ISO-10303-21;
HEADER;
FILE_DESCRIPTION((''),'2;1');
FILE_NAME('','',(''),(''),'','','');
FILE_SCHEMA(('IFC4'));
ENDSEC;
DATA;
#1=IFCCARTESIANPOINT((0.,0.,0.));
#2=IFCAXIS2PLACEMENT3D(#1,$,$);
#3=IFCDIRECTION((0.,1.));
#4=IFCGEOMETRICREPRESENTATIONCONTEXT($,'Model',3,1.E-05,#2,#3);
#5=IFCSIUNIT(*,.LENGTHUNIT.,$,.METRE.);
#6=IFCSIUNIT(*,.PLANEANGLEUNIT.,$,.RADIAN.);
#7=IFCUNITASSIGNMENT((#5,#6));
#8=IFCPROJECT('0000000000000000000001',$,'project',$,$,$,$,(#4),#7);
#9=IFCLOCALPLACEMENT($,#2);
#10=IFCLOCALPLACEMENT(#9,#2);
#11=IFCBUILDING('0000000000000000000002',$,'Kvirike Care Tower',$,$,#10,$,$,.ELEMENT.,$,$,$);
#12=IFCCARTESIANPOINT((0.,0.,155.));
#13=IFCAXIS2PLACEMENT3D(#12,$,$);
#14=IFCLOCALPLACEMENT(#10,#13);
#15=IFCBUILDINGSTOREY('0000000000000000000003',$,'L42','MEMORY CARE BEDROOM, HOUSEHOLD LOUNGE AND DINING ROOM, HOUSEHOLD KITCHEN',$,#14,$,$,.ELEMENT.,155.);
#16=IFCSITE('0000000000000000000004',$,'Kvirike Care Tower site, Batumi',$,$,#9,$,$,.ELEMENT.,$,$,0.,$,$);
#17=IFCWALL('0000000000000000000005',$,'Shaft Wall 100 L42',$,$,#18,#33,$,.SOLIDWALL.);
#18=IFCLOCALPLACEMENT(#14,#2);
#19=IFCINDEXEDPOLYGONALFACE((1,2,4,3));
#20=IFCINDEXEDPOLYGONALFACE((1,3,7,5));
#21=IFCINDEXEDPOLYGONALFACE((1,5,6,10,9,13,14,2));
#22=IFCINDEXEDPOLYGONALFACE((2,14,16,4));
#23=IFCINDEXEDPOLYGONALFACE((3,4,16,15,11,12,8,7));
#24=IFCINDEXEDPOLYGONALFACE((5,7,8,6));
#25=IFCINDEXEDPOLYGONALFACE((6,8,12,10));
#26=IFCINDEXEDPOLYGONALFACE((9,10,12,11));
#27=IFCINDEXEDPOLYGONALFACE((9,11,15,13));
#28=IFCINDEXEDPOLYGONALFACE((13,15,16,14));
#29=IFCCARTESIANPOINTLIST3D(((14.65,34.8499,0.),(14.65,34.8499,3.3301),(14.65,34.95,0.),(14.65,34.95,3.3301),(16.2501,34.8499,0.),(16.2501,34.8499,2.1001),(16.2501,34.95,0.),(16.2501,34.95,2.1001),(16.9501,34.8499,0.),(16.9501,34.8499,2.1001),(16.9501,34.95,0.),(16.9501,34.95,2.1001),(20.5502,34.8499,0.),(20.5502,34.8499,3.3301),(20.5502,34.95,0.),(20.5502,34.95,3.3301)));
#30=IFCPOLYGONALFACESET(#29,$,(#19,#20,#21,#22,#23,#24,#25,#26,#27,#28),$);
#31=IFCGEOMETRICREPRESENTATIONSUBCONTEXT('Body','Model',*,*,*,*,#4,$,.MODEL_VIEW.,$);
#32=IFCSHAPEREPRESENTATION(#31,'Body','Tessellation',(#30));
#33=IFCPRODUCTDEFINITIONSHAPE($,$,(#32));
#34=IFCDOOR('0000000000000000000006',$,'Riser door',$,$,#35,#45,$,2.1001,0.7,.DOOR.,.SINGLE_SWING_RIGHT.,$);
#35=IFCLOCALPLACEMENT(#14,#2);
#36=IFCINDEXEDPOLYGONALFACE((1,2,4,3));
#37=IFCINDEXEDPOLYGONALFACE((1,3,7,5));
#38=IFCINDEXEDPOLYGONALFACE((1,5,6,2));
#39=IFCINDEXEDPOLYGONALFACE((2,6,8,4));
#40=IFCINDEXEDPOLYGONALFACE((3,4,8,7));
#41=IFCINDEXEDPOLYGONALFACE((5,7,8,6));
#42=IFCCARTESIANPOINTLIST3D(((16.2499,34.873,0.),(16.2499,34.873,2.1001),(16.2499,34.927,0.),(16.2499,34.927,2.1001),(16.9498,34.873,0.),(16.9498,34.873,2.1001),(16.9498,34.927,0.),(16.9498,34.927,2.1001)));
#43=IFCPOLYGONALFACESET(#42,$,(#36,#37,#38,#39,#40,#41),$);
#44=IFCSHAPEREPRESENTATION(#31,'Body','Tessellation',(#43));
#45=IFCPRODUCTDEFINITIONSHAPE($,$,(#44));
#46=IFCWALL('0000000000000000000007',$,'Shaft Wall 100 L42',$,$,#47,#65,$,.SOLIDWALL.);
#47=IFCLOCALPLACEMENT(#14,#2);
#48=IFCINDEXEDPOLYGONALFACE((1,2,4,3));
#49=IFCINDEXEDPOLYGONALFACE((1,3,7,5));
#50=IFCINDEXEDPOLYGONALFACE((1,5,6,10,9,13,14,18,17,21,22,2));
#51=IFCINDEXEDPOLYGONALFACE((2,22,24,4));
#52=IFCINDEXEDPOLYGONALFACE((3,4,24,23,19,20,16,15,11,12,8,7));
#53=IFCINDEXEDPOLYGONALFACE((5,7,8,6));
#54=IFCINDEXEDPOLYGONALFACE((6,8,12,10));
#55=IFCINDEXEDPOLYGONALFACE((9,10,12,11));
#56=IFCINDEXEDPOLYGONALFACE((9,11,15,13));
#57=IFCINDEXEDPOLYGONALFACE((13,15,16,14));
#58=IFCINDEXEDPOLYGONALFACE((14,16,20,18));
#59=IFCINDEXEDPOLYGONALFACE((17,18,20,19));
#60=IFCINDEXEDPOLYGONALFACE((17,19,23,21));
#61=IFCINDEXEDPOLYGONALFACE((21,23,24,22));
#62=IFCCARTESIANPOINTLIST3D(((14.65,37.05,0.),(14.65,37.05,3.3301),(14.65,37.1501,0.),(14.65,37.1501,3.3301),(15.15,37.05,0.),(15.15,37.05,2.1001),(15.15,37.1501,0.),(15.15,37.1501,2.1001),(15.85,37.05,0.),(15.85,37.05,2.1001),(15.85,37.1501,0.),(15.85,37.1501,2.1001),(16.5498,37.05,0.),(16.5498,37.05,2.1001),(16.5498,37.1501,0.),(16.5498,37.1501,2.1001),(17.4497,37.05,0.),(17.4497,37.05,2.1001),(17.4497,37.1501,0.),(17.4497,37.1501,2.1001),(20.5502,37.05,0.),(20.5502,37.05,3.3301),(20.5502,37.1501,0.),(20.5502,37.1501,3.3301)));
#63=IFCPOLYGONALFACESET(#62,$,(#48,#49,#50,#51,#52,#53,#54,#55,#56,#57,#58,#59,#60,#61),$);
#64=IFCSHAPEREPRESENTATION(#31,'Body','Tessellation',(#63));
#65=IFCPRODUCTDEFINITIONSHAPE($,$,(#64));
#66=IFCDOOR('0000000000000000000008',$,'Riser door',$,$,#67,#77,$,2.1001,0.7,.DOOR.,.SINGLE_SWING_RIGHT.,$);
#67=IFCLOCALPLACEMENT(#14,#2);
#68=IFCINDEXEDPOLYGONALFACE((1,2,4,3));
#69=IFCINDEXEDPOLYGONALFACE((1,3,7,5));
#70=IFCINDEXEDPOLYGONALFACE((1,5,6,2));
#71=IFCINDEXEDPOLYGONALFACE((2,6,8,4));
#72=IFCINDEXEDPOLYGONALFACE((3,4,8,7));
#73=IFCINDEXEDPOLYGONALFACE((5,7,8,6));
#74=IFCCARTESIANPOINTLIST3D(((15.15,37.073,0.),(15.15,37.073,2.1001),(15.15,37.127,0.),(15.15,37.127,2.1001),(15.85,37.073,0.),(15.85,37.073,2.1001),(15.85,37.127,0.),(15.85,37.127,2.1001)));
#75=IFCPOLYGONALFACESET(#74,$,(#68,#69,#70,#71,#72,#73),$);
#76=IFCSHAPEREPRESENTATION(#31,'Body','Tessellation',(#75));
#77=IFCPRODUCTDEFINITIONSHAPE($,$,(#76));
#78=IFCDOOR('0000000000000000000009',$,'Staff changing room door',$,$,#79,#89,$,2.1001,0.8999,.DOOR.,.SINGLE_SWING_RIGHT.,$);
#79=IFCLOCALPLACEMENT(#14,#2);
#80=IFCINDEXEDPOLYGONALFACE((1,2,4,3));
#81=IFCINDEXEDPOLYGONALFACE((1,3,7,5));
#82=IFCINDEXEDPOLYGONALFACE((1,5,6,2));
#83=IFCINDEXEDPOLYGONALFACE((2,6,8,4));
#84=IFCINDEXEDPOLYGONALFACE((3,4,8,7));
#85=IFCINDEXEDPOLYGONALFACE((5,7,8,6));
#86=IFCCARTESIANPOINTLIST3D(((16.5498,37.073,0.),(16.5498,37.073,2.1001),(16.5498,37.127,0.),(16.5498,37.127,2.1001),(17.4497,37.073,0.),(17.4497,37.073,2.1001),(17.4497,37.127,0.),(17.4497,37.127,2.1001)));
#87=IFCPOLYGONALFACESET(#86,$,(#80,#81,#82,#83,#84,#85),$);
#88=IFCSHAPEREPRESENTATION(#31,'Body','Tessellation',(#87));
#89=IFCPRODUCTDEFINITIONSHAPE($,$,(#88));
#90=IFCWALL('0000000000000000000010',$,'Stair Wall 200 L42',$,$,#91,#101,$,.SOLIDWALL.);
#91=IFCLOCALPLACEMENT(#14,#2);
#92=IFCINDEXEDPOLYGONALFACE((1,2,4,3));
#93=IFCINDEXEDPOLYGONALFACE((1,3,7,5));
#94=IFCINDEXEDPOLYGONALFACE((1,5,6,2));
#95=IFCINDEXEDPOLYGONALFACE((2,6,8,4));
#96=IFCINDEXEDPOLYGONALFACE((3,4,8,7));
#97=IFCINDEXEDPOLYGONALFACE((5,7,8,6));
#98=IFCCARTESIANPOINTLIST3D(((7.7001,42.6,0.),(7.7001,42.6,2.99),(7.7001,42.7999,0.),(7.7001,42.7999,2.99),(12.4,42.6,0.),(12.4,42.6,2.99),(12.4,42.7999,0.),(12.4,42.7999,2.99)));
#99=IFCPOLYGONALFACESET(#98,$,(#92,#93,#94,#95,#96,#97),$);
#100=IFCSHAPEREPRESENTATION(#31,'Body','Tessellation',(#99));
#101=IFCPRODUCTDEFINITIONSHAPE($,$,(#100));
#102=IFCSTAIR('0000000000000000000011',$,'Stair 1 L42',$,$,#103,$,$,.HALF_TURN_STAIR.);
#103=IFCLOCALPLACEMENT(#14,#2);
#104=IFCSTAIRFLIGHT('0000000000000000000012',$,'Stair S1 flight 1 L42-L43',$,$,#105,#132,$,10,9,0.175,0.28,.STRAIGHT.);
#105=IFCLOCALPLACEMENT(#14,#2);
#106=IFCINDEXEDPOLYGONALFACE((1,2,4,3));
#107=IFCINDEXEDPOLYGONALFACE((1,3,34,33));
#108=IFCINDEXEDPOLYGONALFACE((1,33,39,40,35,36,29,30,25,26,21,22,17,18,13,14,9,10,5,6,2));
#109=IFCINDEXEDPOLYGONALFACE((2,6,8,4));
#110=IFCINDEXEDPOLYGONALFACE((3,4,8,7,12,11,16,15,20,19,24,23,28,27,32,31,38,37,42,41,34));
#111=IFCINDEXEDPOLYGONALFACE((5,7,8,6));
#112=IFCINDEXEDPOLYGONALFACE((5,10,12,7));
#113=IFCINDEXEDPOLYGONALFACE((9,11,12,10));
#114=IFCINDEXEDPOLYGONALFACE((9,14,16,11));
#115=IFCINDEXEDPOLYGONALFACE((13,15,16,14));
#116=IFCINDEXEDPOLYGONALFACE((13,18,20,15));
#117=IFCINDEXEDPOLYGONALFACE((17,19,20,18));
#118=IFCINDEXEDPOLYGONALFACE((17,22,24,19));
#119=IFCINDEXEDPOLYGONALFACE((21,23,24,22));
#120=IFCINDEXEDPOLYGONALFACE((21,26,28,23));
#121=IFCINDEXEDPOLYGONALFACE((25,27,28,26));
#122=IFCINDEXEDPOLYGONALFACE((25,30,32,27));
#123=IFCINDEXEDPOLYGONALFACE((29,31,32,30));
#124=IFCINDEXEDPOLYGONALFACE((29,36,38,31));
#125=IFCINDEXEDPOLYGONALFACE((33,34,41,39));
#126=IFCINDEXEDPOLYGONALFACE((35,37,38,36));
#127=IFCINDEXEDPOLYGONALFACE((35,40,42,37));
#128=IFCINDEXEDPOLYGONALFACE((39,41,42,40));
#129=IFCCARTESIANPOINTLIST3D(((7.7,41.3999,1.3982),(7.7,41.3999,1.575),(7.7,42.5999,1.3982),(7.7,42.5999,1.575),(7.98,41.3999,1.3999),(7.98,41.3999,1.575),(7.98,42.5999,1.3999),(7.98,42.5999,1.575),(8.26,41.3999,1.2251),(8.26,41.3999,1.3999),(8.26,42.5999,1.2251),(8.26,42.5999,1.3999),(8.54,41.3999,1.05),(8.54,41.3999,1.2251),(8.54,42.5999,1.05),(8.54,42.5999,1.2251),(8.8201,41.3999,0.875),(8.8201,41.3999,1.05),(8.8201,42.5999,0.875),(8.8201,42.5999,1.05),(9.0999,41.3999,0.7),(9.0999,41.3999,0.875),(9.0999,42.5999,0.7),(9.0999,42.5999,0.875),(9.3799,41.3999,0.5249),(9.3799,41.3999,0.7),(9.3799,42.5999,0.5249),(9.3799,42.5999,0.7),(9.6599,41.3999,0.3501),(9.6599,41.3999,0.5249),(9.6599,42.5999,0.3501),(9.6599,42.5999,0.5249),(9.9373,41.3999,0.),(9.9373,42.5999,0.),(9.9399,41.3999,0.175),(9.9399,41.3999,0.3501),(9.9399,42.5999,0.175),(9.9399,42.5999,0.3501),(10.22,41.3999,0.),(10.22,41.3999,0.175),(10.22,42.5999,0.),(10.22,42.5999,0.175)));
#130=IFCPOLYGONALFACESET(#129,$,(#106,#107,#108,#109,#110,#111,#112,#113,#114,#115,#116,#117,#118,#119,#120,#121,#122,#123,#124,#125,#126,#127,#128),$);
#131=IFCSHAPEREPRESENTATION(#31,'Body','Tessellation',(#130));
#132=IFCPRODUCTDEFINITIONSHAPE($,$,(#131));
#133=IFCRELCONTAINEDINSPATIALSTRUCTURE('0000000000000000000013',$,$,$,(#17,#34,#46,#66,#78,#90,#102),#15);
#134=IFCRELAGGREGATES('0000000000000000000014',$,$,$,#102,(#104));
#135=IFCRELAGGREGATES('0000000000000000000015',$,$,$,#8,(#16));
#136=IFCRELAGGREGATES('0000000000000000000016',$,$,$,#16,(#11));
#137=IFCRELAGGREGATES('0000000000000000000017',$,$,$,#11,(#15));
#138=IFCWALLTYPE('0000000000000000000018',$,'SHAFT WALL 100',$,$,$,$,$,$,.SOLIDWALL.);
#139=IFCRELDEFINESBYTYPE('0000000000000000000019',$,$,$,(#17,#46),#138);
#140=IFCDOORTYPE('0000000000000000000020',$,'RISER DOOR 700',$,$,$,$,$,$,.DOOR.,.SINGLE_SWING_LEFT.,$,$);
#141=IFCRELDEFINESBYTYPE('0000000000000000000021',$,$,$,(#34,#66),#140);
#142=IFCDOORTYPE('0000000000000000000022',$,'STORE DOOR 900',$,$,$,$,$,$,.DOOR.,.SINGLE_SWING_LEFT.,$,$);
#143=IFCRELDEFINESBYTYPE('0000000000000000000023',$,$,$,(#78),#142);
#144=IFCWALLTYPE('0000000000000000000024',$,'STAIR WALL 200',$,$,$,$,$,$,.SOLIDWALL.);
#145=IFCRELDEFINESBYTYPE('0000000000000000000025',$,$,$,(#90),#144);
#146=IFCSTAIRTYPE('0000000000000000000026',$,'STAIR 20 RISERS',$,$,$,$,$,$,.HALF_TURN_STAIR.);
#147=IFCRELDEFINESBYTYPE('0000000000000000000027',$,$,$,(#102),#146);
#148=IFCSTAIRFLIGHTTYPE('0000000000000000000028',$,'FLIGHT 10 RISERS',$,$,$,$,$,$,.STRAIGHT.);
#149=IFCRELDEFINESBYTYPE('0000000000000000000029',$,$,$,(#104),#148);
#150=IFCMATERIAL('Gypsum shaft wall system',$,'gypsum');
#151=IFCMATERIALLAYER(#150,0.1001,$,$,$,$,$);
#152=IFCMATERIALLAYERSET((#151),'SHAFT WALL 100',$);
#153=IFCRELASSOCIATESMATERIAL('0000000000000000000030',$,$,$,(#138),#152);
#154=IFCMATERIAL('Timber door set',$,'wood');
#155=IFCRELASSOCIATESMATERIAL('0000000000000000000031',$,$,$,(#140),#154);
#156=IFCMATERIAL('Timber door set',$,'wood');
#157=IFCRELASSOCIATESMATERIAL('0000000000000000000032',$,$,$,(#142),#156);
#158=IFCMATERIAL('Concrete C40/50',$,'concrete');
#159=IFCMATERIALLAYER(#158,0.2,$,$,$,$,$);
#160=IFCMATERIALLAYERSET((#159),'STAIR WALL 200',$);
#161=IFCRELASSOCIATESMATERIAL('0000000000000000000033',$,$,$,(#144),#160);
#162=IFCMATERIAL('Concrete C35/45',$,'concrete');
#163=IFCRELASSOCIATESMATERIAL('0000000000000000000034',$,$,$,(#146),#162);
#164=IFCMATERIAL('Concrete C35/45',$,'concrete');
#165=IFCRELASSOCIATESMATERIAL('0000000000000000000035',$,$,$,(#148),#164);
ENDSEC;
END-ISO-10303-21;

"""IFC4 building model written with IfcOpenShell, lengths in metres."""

from ifc_helpers import new_model, si_unit, direction, frame, frame_2d, origin, place, context, subcontext, project, spatial, polyline, rectangle, outline, extrude, material, layer, layer_set, type_object, element, fill, aggregate, save


model = new_model("IFC4")

# Units and contexts
model_context = context("Model", 3, precision=1e-05, world=origin(), true_north=direction((0.0, 1.0)))
body_context = subcontext(model_context, "Body", "Model", "MODEL_VIEW")
ifc_project = project(units=[si_unit("LENGTHUNIT", "METRE"), si_unit("PLANEANGLEUNIT", "RADIAN")], contexts=[model_context])

# Site, building, storey
site_placement = place(None, origin())
site = spatial("IfcSite", under=ifc_project, at=site_placement, Name="Kvirike Care Tower site, Batumi", CompositionType="ELEMENT", RefElevation=0.0)
building_placement = place(site_placement, origin())
building = spatial("IfcBuilding", under=site, at=building_placement, Name="Kvirike Care Tower", CompositionType="ELEMENT")
storey_placement = place(building_placement, frame((0.0, 0.0, 155.0)))
storey = spatial("IfcBuildingStorey", under=building, at=storey_placement, Name="L42", Description="MEMORY CARE BEDROOM, HOUSEHOLD LOUNGE AND DINING ROOM, HOUSEHOLD KITCHEN", CompositionType="ELEMENT", Elevation=155.0)

# Shared definitions
ifc_material_1 = material(Name="Gypsum shaft wall system", Category="gypsum")
ifc_layer_1 = layer(ifc_material_1, 0.1001)
ifc_layer_set_1 = layer_set([ifc_layer_1], Name="SHAFT WALL 100")
wall_type_1 = type_object("IfcWallType", Name="SHAFT WALL 100", PredefinedType="SOLIDWALL", material=ifc_layer_set_1)

# Wall, opening, door
wall_1_placement = place(storey_placement, frame((14.6499, 34.8999, 0.0), z_axis=(0.0, 0.0, 1.0), x_axis=(1.0, 0.0, 0.0)))
wall_1 = element("IfcWall", 1, at=wall_1_placement, inside=storey, type_object=wall_type_1, Name="Shaft Wall 100 L42", PredefinedType="SOLIDWALL", context=body_context, shape_type="SweptSolid", body=[
    extrude(rectangle(XDim=5.9001, YDim=0.1001, at=frame_2d((2.9502, 0.0))), origin(), (0.0, 0.0, 1.0), 3.3301),
])
opening_1_placement = place(wall_1_placement, frame((1.6001, 0.0, 0.0)))
opening_1 = element("IfcOpeningElement", 2, at=opening_1_placement, cuts=wall_1, PredefinedType="OPENING", context=body_context, shape_type="SweptSolid", body=[
    extrude(rectangle(XDim=0.7, YDim=2.1001, at=frame_2d((0.3501, 1.05))), frame((0.0, 0.0605, 0.0), z_axis=(0.0, -1.0, 0.0), x_axis=(1.0, 0.0, 0.0)), (0.0, 0.0, 1.0), 0.1211),
])
ifc_material_2 = material(Name="Timber door set", Category="wood")
door_type_1 = type_object("IfcDoorType", Name="RISER DOOR 700", OperationType="SINGLE_SWING_LEFT", PredefinedType="DOOR", material=ifc_material_2)
door_1_placement = place(opening_1_placement, frame((0.7, 0.0, 0.0), z_axis=(0.0, 0.0, 1.0), x_axis=(-1.0, 0.0, 0.0)))
door_1 = element("IfcDoor", 3, at=door_1_placement, inside=storey, type_object=door_type_1, Name="Riser door", OperationType="SINGLE_SWING_RIGHT", OverallHeight=2.1001, OverallWidth=0.7, PredefinedType="DOOR", context=body_context, shape_type="SweptSolid", body=[
    extrude(rectangle(XDim=0.7, YDim=2.1001, at=frame_2d((0.3501, 1.05))), frame((0.0, 0.0269, 0.0), z_axis=(0.0, -1.0, 0.0), x_axis=(1.0, 0.0, 0.0)), (0.0, 0.0, 1.0), 0.054),
])
fill(opening_1, door_1)

# Wall, openings, doors
wall_2_placement = place(storey_placement, frame((14.6499, 37.1001, 0.0), z_axis=(0.0, 0.0, 1.0), x_axis=(1.0, 0.0, 0.0)))
wall_2 = element("IfcWall", 4, at=wall_2_placement, inside=storey, type_object=wall_type_1, Name="Shaft Wall 100 L42", PredefinedType="SOLIDWALL", context=body_context, shape_type="SweptSolid", body=[
    extrude(rectangle(XDim=5.9001, YDim=0.1001, at=frame_2d((2.9502, 0.0))), origin(), (0.0, 0.0, 1.0), 3.3301),
])
opening_2_placement = place(wall_2_placement, frame((0.5, 0.0, 0.0)))
opening_2 = element("IfcOpeningElement", 5, at=opening_2_placement, cuts=wall_2, PredefinedType="OPENING", context=body_context, shape_type="SweptSolid", body=[
    extrude(rectangle(XDim=0.7, YDim=2.1001, at=frame_2d((0.3501, 1.05))), frame((0.0, 0.0605, 0.0), z_axis=(0.0, -1.0, 0.0), x_axis=(1.0, 0.0, 0.0)), (0.0, 0.0, 1.0), 0.1211),
])
opening_3_placement = place(wall_2_placement, frame((1.8999, 0.0, 0.0)))
opening_3 = element("IfcOpeningElement", 6, at=opening_3_placement, cuts=wall_2, PredefinedType="OPENING", context=body_context, shape_type="SweptSolid", body=[
    extrude(rectangle(XDim=0.8999, YDim=2.1001, at=frame_2d((0.45, 1.05))), frame((0.0, 0.0605, 0.0), z_axis=(0.0, -1.0, 0.0), x_axis=(1.0, 0.0, 0.0)), (0.0, 0.0, 1.0), 0.1211),
])
door_2_placement = place(opening_2_placement, origin())
door_2 = element("IfcDoor", 7, at=door_2_placement, inside=storey, type_object=door_type_1, Name="Riser door", OperationType="SINGLE_SWING_RIGHT", OverallHeight=2.1001, OverallWidth=0.7, PredefinedType="DOOR", context=body_context, shape_type="SweptSolid", body=[
    extrude(rectangle(XDim=0.7, YDim=2.1001, at=frame_2d((0.3501, 1.05))), frame((0.0, 0.0269, 0.0), z_axis=(0.0, -1.0, 0.0), x_axis=(1.0, 0.0, 0.0)), (0.0, 0.0, 1.0), 0.054),
])
fill(opening_2, door_2)
ifc_material_3 = material(Name="Timber door set", Category="wood")
door_type_2 = type_object("IfcDoorType", Name="STORE DOOR 900", OperationType="SINGLE_SWING_LEFT", PredefinedType="DOOR", material=ifc_material_3)
door_3_placement = place(opening_3_placement, origin())
door_3 = element("IfcDoor", 8, at=door_3_placement, inside=storey, type_object=door_type_2, Name="Staff changing room door", OperationType="SINGLE_SWING_RIGHT", OverallHeight=2.1001, OverallWidth=0.8999, PredefinedType="DOOR", context=body_context, shape_type="SweptSolid", body=[
    extrude(rectangle(XDim=0.8999, YDim=2.1001, at=frame_2d((0.45, 1.05))), frame((0.0, 0.0269, 0.0), z_axis=(0.0, -1.0, 0.0), x_axis=(1.0, 0.0, 0.0)), (0.0, 0.0, 1.0), 0.054),
])
fill(opening_3, door_3)

# Wall
ifc_material_4 = material(Name="Concrete C40/50", Category="concrete")
ifc_layer_2 = layer(ifc_material_4, 0.2)
ifc_layer_set_2 = layer_set([ifc_layer_2], Name="STAIR WALL 200")
wall_type_2 = type_object("IfcWallType", Name="STAIR WALL 200", PredefinedType="SOLIDWALL", material=ifc_layer_set_2)
wall_3_placement = place(storey_placement, frame((7.7, 42.7, 0.0), z_axis=(0.0, 0.0, 1.0), x_axis=(1.0, 0.0, 0.0)))
element("IfcWall", 9, at=wall_3_placement, inside=storey, type_object=wall_type_2, Name="Stair Wall 200 L42", PredefinedType="SOLIDWALL", context=body_context, shape_type="SweptSolid", body=[
    extrude(rectangle(XDim=4.7, YDim=0.2, at=frame_2d((2.3501, 0.0))), origin(), (0.0, 0.0, 1.0), 2.99),
])

# Stair, stair flight
ifc_material_5 = material(Name="Concrete C35/45", Category="concrete")
stair_type = type_object("IfcStairType", Name="STAIR 20 RISERS", PredefinedType="HALF_TURN_STAIR", material=ifc_material_5)
stair_placement = place(storey_placement, origin())
stair = element("IfcStair", 10, at=stair_placement, inside=storey, type_object=stair_type, Name="Stair 1 L42", PredefinedType="HALF_TURN_STAIR")
ifc_material_6 = material(Name="Concrete C35/45", Category="concrete")
stair_flight_type = type_object("IfcStairFlightType", Name="FLIGHT 10 RISERS", PredefinedType="STRAIGHT", material=ifc_material_6)
stair_flight_placement = place(storey_placement, frame((10.22, 42.0, 0.0), z_axis=(0.0, 0.0, 1.0), x_axis=(-1.0, 0.0, 0.0)))
stair_flight = element("IfcStairFlight", 11, at=stair_flight_placement, type_object=stair_flight_type, Name="Stair S1 flight 1 L42-L43", NumberOfRisers=10, NumberOfTreads=9, PredefinedType="STRAIGHT", RiserHeight=0.175, TreadLength=0.28, context=body_context, shape_type="SweptSolid", body=[
    extrude(outline(polyline([(0.0, 0.0), (0.0, 0.175), (0.28, 0.175), (0.28, 0.3501), (0.5601, 0.3501), (0.5601, 0.5249), (0.8401, 0.5249), (0.8401, 0.7), (1.1201, 0.7), (1.1201, 0.875), (1.3999, 0.875), (1.3999, 1.05), (1.6799, 1.05), (1.6799, 1.2251), (1.96, 1.2251), (1.96, 1.3999), (2.24, 1.3999), (2.24, 1.575), (2.52, 1.575), (2.52, 1.75), (2.52, 1.3982), (0.2827, 0.0), (0.0, 0.0)])), frame((0.0, 0.6001, 0.0), z_axis=(0.0, -1.0, 0.0), x_axis=(1.0, 0.0, 0.0)), (0.0, 0.0, 1.0), 1.2),
])
aggregate(stair, [stair_flight])

save(model, "model.ifc")
